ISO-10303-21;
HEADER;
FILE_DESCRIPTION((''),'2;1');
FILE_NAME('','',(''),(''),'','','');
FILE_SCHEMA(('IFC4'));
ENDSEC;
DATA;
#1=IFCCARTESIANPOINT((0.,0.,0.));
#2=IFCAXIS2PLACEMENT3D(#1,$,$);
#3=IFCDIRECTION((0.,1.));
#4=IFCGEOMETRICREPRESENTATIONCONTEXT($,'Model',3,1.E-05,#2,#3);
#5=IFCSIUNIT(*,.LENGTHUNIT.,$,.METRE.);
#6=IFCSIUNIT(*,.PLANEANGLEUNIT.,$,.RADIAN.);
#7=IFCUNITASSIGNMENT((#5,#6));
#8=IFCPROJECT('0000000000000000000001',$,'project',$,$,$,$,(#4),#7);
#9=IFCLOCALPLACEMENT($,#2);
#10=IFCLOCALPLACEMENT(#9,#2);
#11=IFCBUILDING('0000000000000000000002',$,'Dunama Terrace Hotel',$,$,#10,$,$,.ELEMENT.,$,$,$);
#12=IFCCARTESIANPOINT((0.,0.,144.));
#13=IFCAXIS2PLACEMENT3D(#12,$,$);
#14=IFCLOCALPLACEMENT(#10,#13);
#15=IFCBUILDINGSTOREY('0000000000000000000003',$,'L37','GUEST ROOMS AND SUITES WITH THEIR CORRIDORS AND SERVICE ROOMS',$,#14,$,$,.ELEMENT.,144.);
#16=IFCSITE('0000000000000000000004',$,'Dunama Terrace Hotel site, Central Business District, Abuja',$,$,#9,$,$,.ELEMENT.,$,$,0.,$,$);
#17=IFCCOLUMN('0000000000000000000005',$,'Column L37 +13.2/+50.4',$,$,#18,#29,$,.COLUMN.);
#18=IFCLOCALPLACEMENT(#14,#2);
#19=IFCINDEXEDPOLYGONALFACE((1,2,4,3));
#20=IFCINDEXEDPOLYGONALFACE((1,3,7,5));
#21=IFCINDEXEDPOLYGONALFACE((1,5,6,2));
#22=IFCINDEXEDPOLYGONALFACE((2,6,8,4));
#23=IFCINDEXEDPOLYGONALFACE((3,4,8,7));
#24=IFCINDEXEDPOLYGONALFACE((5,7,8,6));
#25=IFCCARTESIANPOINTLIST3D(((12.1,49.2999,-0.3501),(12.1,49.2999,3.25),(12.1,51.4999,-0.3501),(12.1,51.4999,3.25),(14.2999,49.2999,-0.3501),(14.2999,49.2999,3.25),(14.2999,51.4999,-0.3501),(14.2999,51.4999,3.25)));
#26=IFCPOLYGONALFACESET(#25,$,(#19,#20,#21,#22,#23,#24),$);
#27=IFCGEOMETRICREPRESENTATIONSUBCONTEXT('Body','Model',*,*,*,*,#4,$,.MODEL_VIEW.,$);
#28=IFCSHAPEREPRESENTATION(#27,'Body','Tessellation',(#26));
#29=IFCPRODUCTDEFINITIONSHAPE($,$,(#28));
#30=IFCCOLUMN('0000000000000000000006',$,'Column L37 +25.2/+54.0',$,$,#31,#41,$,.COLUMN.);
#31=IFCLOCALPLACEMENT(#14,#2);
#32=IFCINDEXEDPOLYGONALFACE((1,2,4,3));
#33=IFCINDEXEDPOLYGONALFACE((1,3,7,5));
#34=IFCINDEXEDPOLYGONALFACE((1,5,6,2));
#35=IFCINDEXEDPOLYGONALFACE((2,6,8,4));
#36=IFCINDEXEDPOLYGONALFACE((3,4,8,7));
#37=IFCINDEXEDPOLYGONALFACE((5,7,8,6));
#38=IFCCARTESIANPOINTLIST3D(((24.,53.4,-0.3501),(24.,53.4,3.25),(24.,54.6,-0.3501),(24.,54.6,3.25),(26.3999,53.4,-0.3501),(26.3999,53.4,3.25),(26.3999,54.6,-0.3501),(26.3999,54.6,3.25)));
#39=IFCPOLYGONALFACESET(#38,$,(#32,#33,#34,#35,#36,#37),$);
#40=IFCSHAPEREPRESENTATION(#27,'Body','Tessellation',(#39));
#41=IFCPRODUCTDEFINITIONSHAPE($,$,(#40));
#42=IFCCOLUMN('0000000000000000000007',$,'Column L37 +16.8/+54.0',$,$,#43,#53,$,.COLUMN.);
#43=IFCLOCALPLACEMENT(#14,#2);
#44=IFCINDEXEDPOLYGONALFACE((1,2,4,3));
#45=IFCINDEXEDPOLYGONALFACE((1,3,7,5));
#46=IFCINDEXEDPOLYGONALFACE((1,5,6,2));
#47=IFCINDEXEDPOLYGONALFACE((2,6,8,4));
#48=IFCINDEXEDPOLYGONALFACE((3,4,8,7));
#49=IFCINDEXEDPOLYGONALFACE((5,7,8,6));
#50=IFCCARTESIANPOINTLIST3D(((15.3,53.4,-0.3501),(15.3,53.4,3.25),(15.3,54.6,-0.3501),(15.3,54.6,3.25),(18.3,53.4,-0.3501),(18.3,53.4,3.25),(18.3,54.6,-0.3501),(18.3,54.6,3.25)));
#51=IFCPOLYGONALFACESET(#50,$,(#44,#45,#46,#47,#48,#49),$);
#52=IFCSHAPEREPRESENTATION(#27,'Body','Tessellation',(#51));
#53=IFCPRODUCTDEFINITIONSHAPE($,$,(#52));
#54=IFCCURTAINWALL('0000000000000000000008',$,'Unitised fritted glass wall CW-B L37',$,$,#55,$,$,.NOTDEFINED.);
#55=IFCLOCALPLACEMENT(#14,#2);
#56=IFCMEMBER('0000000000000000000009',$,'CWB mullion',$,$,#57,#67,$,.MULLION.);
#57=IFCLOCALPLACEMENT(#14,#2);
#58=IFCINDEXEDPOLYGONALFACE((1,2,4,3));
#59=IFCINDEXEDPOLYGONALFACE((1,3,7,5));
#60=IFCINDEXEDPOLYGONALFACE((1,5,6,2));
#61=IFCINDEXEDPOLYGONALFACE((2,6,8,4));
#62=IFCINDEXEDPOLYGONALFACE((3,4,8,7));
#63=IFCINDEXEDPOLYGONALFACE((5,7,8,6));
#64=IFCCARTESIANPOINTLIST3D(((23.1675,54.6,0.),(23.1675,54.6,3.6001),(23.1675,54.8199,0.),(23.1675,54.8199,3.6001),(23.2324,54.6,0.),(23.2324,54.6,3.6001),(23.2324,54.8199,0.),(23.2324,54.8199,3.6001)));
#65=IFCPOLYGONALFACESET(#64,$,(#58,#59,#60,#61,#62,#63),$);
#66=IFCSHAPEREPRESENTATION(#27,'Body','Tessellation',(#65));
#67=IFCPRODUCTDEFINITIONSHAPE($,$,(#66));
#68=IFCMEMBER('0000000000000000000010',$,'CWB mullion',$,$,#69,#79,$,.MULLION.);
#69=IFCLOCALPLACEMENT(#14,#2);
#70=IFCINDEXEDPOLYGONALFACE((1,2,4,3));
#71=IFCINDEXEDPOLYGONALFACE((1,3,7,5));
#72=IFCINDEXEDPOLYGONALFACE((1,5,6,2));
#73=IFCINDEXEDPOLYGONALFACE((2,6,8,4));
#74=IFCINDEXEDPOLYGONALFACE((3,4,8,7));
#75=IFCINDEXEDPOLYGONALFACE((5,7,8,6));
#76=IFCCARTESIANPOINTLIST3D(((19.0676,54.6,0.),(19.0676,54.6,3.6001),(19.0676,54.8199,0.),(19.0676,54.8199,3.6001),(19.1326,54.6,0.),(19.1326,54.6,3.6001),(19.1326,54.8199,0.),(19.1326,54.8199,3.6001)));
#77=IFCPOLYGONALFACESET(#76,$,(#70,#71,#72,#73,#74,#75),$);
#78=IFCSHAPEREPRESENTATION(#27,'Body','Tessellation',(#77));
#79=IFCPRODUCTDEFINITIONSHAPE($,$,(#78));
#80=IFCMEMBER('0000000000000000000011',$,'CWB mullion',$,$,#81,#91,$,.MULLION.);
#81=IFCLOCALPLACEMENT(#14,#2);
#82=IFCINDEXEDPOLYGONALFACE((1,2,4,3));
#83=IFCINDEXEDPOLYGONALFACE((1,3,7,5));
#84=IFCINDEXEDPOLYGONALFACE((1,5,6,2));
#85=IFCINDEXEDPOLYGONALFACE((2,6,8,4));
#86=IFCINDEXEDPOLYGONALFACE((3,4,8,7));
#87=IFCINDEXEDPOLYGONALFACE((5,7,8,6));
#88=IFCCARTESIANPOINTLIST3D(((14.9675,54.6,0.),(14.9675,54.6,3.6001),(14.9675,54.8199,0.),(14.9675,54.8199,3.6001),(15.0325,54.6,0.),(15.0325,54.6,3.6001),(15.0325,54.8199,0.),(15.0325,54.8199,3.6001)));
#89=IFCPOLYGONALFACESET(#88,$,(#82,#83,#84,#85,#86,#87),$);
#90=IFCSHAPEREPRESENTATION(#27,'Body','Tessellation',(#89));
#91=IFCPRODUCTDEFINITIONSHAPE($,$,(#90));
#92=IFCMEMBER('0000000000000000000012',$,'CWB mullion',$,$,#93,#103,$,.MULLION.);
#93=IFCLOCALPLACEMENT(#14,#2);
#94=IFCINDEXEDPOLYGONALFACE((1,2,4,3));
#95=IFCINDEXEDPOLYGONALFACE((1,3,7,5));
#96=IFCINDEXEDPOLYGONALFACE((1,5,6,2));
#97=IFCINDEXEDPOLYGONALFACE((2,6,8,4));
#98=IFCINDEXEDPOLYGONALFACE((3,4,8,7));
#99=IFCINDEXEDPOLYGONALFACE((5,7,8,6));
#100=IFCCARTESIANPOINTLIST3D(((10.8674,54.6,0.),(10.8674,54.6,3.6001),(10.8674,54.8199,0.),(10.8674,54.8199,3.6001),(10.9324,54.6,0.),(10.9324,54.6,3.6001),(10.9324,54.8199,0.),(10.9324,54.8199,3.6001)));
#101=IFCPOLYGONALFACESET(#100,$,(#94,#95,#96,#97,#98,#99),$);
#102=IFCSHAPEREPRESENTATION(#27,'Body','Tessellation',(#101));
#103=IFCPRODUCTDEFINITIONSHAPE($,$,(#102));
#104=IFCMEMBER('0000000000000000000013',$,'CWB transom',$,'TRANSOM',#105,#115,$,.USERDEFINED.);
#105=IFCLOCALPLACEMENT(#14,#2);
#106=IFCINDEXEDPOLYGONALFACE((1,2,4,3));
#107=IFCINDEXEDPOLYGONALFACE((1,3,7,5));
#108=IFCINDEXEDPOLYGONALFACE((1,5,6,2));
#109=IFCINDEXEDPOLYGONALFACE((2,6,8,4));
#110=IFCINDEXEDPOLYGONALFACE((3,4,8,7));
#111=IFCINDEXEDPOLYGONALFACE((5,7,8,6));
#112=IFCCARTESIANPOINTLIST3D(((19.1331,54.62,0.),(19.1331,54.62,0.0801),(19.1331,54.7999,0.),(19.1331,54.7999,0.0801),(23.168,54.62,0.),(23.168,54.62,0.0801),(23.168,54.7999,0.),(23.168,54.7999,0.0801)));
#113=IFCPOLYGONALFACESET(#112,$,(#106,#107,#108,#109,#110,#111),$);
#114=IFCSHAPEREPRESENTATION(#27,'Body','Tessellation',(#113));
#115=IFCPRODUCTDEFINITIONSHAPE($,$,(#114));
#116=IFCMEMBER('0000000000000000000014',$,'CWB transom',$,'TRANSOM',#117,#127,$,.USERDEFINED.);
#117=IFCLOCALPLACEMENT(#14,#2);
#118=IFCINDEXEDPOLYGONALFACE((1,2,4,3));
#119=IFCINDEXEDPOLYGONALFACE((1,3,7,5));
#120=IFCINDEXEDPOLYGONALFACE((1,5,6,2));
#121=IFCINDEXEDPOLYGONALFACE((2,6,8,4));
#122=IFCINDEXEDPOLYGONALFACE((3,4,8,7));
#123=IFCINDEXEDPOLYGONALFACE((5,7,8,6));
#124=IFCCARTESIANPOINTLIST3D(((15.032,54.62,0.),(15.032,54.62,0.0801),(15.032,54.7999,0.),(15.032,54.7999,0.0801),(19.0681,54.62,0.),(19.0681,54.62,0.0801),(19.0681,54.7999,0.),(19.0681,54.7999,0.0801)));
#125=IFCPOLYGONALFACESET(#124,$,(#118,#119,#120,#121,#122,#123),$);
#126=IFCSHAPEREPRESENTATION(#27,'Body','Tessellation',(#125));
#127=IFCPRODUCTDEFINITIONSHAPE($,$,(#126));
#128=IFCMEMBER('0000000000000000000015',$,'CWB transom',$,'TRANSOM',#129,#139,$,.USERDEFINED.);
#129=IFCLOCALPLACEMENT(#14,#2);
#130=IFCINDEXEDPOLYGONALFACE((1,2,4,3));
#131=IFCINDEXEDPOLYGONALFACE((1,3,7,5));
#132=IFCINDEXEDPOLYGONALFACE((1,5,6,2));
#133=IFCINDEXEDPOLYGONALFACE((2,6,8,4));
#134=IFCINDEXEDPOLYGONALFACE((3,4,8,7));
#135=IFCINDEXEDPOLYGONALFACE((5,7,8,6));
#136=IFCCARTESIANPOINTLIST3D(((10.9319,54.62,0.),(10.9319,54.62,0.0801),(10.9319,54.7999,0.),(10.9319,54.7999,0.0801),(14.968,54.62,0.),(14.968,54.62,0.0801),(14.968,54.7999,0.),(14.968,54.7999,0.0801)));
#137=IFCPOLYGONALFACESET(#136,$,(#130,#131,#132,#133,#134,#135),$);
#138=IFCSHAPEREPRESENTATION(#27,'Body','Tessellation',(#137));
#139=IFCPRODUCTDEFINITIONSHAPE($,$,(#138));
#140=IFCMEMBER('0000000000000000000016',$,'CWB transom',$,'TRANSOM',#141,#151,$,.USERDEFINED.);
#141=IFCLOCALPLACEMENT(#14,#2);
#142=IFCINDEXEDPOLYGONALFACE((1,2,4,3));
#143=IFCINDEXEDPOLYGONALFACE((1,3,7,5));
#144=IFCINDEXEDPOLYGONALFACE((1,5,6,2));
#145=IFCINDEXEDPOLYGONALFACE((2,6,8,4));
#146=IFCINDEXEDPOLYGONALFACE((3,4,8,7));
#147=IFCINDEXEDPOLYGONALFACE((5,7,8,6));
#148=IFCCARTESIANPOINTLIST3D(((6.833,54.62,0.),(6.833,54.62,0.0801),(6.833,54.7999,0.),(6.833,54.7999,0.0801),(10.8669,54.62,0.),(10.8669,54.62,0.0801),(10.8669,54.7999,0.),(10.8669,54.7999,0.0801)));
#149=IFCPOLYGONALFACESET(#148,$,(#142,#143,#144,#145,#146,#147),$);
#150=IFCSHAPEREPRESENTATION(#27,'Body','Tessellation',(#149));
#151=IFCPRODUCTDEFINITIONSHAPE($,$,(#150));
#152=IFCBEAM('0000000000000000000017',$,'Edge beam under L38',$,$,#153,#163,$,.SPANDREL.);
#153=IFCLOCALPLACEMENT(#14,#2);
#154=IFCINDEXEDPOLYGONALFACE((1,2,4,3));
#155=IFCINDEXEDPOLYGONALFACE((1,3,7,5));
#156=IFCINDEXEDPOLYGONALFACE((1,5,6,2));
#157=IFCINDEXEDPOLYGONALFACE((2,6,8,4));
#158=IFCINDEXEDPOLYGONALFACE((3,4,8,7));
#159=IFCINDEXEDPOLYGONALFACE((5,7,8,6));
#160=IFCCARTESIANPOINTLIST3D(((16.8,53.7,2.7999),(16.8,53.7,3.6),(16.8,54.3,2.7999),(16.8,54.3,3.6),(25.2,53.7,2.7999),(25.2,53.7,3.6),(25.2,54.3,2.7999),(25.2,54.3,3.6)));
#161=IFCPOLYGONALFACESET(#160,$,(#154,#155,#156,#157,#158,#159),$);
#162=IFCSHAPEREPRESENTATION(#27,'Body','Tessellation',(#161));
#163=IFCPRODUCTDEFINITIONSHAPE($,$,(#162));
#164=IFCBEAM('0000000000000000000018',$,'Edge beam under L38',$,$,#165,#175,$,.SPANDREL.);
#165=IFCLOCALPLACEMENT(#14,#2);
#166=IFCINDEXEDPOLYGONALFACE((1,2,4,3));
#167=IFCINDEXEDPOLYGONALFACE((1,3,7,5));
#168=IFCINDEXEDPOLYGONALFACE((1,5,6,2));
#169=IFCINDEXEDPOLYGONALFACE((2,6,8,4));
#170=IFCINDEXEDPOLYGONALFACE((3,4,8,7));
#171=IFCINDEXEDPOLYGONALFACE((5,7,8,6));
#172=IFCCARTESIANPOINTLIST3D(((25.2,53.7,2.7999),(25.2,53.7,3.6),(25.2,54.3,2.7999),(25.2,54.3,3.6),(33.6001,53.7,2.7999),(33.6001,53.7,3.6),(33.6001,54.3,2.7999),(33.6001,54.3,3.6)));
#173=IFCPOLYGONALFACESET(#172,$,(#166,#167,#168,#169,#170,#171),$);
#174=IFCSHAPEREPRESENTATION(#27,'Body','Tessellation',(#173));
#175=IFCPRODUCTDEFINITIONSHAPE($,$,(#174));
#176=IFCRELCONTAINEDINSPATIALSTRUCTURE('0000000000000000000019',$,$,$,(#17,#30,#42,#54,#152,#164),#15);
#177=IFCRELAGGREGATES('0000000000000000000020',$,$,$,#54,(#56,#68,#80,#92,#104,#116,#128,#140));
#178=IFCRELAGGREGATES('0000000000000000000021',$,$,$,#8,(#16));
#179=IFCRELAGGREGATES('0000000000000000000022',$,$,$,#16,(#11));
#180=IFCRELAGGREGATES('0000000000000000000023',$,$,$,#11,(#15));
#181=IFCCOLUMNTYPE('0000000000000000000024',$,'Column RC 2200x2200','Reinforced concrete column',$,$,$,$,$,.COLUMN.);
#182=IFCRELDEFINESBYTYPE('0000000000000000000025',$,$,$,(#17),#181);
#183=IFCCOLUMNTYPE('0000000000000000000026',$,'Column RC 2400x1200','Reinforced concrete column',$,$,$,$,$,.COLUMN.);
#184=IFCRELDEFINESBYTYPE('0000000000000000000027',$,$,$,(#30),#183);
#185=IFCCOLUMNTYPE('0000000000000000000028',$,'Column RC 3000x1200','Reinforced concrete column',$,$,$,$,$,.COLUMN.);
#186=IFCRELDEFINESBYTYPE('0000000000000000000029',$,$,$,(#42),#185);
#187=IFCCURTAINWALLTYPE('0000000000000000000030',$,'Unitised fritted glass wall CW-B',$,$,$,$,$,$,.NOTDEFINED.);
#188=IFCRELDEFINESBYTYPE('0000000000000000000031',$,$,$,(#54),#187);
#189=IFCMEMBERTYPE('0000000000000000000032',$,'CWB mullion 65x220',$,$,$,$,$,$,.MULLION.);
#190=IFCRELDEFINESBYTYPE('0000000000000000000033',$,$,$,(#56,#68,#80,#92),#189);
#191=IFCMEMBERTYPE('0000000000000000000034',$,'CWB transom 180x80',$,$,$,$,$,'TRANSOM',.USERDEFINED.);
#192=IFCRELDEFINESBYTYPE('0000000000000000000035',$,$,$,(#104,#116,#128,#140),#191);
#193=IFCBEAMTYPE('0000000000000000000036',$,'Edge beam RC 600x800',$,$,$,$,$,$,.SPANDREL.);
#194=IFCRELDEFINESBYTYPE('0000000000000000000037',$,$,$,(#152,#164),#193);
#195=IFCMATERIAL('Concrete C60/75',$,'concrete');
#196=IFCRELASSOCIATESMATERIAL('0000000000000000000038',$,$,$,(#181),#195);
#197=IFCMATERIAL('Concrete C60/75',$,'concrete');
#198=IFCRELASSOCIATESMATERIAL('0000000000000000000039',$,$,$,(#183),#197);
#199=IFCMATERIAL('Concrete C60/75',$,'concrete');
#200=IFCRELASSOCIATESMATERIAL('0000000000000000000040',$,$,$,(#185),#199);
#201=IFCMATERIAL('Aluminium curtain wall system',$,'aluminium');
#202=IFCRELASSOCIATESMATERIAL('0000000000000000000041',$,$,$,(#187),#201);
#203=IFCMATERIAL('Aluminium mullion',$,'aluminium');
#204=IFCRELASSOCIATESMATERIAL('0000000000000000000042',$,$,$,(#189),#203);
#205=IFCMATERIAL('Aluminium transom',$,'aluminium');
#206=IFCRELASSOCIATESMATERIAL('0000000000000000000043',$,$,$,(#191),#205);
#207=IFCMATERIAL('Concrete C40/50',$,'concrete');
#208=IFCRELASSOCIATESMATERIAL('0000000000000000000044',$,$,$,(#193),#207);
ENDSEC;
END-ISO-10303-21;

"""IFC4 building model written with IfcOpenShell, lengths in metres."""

from ifc_helpers import new_model, si_unit, direction, frame, origin, origin_2d, place, context, subcontext, project, spatial, rectangle, extrude, material, material_profile, profile_set, type_object, element, aggregate, save


model = new_model("IFC4")

# Units and contexts
model_context = context("Model", 3, precision=1e-05, world=origin(), true_north=direction((0.0, 1.0)))
body_context = subcontext(model_context, "Body", "Model", "MODEL_VIEW")
ifc_project = project(units=[si_unit("LENGTHUNIT", "METRE"), si_unit("PLANEANGLEUNIT", "RADIAN")], contexts=[model_context])

# Site, building, storey
site_placement = place(None, origin())
site = spatial("IfcSite", under=ifc_project, at=site_placement, Name="Dunama Terrace Hotel site, Central Business District, Abuja", CompositionType="ELEMENT", RefElevation=0.0)
building_placement = place(site_placement, origin())
building = spatial("IfcBuilding", under=site, at=building_placement, Name="Dunama Terrace Hotel", CompositionType="ELEMENT")
storey_placement = place(building_placement, frame((0.0, 0.0, 144.0)))
storey = spatial("IfcBuildingStorey", under=building, at=storey_placement, Name="L37", Description="GUEST ROOMS AND SUITES WITH THEIR CORRIDORS AND SERVICE ROOMS", CompositionType="ELEMENT", Elevation=144.0)

# Columns
ifc_material_1 = material(Name="Concrete C60/75", Category="concrete")
ifc_material_profile_1 = material_profile(ifc_material_1, rectangle(XDim=2.2, YDim=2.2, at=origin_2d()), Name="RC 2200x2200")
ifc_profile_set_1 = profile_set([ifc_material_profile_1], Name="Concrete C60/75")
column_type_1 = type_object("IfcColumnType", Name="Column RC 2200x2200", Description="Reinforced concrete column", PredefinedType="COLUMN", material=ifc_profile_set_1)
column_1_placement = place(storey_placement, frame((13.2, 50.3999, -0.3501), z_axis=(0.0, 0.0, 1.0), x_axis=(1.0, 0.0, 0.0)))
element("IfcColumn", 1, at=column_1_placement, inside=storey, type_object=column_type_1, Name="Column L37 +13.2/+50.4", PredefinedType="COLUMN", context=body_context, shape_type="SweptSolid", body=[
    extrude(rectangle(XDim=2.2, YDim=2.2, at=origin_2d()), origin(), (0.0, 0.0, 1.0), 3.6001),
])
ifc_material_2 = material(Name="Concrete C60/75", Category="concrete")
ifc_material_profile_2 = material_profile(ifc_material_2, rectangle(XDim=2.3999, YDim=1.2, at=origin_2d()), Name="RC 2400x1200")
ifc_profile_set_2 = profile_set([ifc_material_profile_2], Name="Concrete C60/75")
column_type_2 = type_object("IfcColumnType", Name="Column RC 2400x1200", Description="Reinforced concrete column", PredefinedType="COLUMN", material=ifc_profile_set_2)
column_2_placement = place(storey_placement, frame((25.2, 54.0, -0.3501), z_axis=(0.0, 0.0, 1.0), x_axis=(1.0, 0.0, 0.0)))
element("IfcColumn", 2, at=column_2_placement, inside=storey, type_object=column_type_2, Name="Column L37 +25.2/+54.0", PredefinedType="COLUMN", context=body_context, shape_type="SweptSolid", body=[
    extrude(rectangle(XDim=2.3999, YDim=1.2, at=origin_2d()), origin(), (0.0, 0.0, 1.0), 3.6001),
])
ifc_material_3 = material(Name="Concrete C60/75", Category="concrete")
ifc_material_profile_3 = material_profile(ifc_material_3, rectangle(XDim=3.0, YDim=1.2, at=origin_2d()), Name="RC 3000x1200")
ifc_profile_set_3 = profile_set([ifc_material_profile_3], Name="Concrete C60/75")
column_type_3 = type_object("IfcColumnType", Name="Column RC 3000x1200", Description="Reinforced concrete column", PredefinedType="COLUMN", material=ifc_profile_set_3)
column_3_placement = place(storey_placement, frame((16.8, 54.0, -0.3501), z_axis=(0.0, 0.0, 1.0), x_axis=(1.0, 0.0, 0.0)))
element("IfcColumn", 3, at=column_3_placement, inside=storey, type_object=column_type_3, Name="Column L37 +16.8/+54.0", PredefinedType="COLUMN", context=body_context, shape_type="SweptSolid", body=[
    extrude(rectangle(XDim=3.0, YDim=1.2, at=origin_2d()), origin(), (0.0, 0.0, 1.0), 3.6001),
])

# Curtain wall, members
ifc_material_4 = material(Name="Aluminium curtain wall system", Category="aluminium")
curtain_wall_type = type_object("IfcCurtainWallType", Name="Unitised fritted glass wall CW-B", PredefinedType="NOTDEFINED", material=ifc_material_4)
curtain_wall_placement = place(storey_placement, origin())
curtain_wall = element("IfcCurtainWall", 4, at=curtain_wall_placement, inside=storey, type_object=curtain_wall_type, Name="Unitised fritted glass wall CW-B L37", PredefinedType="NOTDEFINED")
ifc_material_5 = material(Name="Aluminium mullion", Category="aluminium")
ifc_material_profile_4 = material_profile(ifc_material_5, rectangle(XDim=0.0649, YDim=0.22, at=origin_2d()), Name="CWB MULLION 65X220")
ifc_profile_set_4 = profile_set([ifc_material_profile_4], Name="Aluminium mullion")
member_type_1 = type_object("IfcMemberType", Name="CWB mullion 65x220", PredefinedType="MULLION", material=ifc_profile_set_4)
member_1_placement = place(storey_placement, frame((23.2, 54.71, 0.0), z_axis=(0.0, 0.0, 1.0), x_axis=(-1.0, 0.0, 0.0)))
member_1 = element("IfcMember", 5, at=member_1_placement, type_object=member_type_1, Name="CWB mullion", PredefinedType="MULLION", context=body_context, shape_type="SweptSolid", body=[
    extrude(rectangle(XDim=0.0649, YDim=0.22, at=origin_2d()), origin(), (0.0, 0.0, 1.0), 3.6001),
])
member_2_placement = place(storey_placement, frame((19.1001, 54.71, 0.0), z_axis=(0.0, 0.0, 1.0), x_axis=(-1.0, 0.0, 0.0)))
member_2 = element("IfcMember", 6, at=member_2_placement, type_object=member_type_1, Name="CWB mullion", PredefinedType="MULLION", context=body_context, shape_type="SweptSolid", body=[
    extrude(rectangle(XDim=0.0649, YDim=0.22, at=origin_2d()), origin(), (0.0, 0.0, 1.0), 3.6001),
])
member_3_placement = place(storey_placement, frame((15.0, 54.71, 0.0), z_axis=(0.0, 0.0, 1.0), x_axis=(-1.0, 0.0, 0.0)))
member_3 = element("IfcMember", 7, at=member_3_placement, type_object=member_type_1, Name="CWB mullion", PredefinedType="MULLION", context=body_context, shape_type="SweptSolid", body=[
    extrude(rectangle(XDim=0.0649, YDim=0.22, at=origin_2d()), origin(), (0.0, 0.0, 1.0), 3.6001),
])
member_4_placement = place(storey_placement, frame((10.8999, 54.71, 0.0), z_axis=(0.0, 0.0, 1.0), x_axis=(-1.0, 0.0, 0.0)))
member_4 = element("IfcMember", 8, at=member_4_placement, type_object=member_type_1, Name="CWB mullion", PredefinedType="MULLION", context=body_context, shape_type="SweptSolid", body=[
    extrude(rectangle(XDim=0.0649, YDim=0.22, at=origin_2d()), origin(), (0.0, 0.0, 1.0), 3.6001),
])
ifc_material_6 = material(Name="Aluminium transom", Category="aluminium")
ifc_material_profile_5 = material_profile(ifc_material_6, rectangle(XDim=0.1799, YDim=0.0801, at=origin_2d()), Name="CWB TRANSOM 180X80")
ifc_profile_set_5 = profile_set([ifc_material_profile_5], Name="Aluminium transom")
member_type_2 = type_object("IfcMemberType", Name="CWB transom 180x80", ElementType="TRANSOM", PredefinedType="USERDEFINED", material=ifc_profile_set_5)
member_5_placement = place(storey_placement, frame((23.168, 54.71, 0.04), z_axis=(-1.0, 0.0, 0.0), x_axis=(0.0, -1.0, 0.0)))
member_5 = element("IfcMember", 9, at=member_5_placement, type_object=member_type_2, Name="CWB transom", ObjectType="TRANSOM", PredefinedType="USERDEFINED", context=body_context, shape_type="SweptSolid", body=[
    extrude(rectangle(XDim=0.1799, YDim=0.0801, at=origin_2d()), origin(), (0.0, 0.0, 1.0), 4.0349),
])
member_6_placement = place(storey_placement, frame((19.0681, 54.71, 0.04), z_axis=(-1.0, 0.0, 0.0), x_axis=(0.0, -1.0, 0.0)))
member_6 = element("IfcMember", 10, at=member_6_placement, type_object=member_type_2, Name="CWB transom", ObjectType="TRANSOM", PredefinedType="USERDEFINED", context=body_context, shape_type="SweptSolid", body=[
    extrude(rectangle(XDim=0.1799, YDim=0.0801, at=origin_2d()), origin(), (0.0, 0.0, 1.0), 4.0361),
])
member_7_placement = place(storey_placement, frame((14.968, 54.71, 0.04), z_axis=(-1.0, 0.0, 0.0), x_axis=(0.0, -1.0, 0.0)))
member_7 = element("IfcMember", 11, at=member_7_placement, type_object=member_type_2, Name="CWB transom", ObjectType="TRANSOM", PredefinedType="USERDEFINED", context=body_context, shape_type="SweptSolid", body=[
    extrude(rectangle(XDim=0.1799, YDim=0.0801, at=origin_2d()), origin(), (0.0, 0.0, 1.0), 4.0361),
])
member_8_placement = place(storey_placement, frame((10.8669, 54.71, 0.04), z_axis=(-1.0, 0.0, 0.0), x_axis=(0.0, -1.0, 0.0)))
member_8 = element("IfcMember", 12, at=member_8_placement, type_object=member_type_2, Name="CWB transom", ObjectType="TRANSOM", PredefinedType="USERDEFINED", context=body_context, shape_type="SweptSolid", body=[
    extrude(rectangle(XDim=0.1799, YDim=0.0801, at=origin_2d()), origin(), (0.0, 0.0, 1.0), 4.0339),
])

# Beams
ifc_material_7 = material(Name="Concrete C40/50", Category="concrete")
ifc_material_profile_6 = material_profile(ifc_material_7, rectangle(XDim=0.6001, YDim=0.8, at=origin_2d()), Name="RC 600x800")
ifc_profile_set_6 = profile_set([ifc_material_profile_6], Name="Concrete C40/50")
beam_type = type_object("IfcBeamType", Name="Edge beam RC 600x800", PredefinedType="SPANDREL", material=ifc_profile_set_6)
beam_1_placement = place(storey_placement, frame((16.8, 54.0, 3.2), z_axis=(1.0, 0.0, 0.0), x_axis=(0.0, 1.0, 0.0)))
element("IfcBeam", 13, at=beam_1_placement, inside=storey, type_object=beam_type, Name="Edge beam under L38", PredefinedType="SPANDREL", context=body_context, shape_type="SweptSolid", body=[
    extrude(rectangle(XDim=0.6001, YDim=0.8, at=origin_2d()), origin(), (0.0, 0.0, 1.0), 8.3999),
])
beam_2_placement = place(storey_placement, frame((25.2, 54.0, 3.2), z_axis=(1.0, 0.0, 0.0), x_axis=(0.0, 1.0, 0.0)))
element("IfcBeam", 14, at=beam_2_placement, inside=storey, type_object=beam_type, Name="Edge beam under L38", PredefinedType="SPANDREL", context=body_context, shape_type="SweptSolid", body=[
    extrude(rectangle(XDim=0.6001, YDim=0.8, at=origin_2d()), origin(), (0.0, 0.0, 1.0), 8.4001),
])

aggregate(curtain_wall, [member_1, member_2, member_3, member_4, member_5, member_6, member_7, member_8])

save(model, "model.ifc")
